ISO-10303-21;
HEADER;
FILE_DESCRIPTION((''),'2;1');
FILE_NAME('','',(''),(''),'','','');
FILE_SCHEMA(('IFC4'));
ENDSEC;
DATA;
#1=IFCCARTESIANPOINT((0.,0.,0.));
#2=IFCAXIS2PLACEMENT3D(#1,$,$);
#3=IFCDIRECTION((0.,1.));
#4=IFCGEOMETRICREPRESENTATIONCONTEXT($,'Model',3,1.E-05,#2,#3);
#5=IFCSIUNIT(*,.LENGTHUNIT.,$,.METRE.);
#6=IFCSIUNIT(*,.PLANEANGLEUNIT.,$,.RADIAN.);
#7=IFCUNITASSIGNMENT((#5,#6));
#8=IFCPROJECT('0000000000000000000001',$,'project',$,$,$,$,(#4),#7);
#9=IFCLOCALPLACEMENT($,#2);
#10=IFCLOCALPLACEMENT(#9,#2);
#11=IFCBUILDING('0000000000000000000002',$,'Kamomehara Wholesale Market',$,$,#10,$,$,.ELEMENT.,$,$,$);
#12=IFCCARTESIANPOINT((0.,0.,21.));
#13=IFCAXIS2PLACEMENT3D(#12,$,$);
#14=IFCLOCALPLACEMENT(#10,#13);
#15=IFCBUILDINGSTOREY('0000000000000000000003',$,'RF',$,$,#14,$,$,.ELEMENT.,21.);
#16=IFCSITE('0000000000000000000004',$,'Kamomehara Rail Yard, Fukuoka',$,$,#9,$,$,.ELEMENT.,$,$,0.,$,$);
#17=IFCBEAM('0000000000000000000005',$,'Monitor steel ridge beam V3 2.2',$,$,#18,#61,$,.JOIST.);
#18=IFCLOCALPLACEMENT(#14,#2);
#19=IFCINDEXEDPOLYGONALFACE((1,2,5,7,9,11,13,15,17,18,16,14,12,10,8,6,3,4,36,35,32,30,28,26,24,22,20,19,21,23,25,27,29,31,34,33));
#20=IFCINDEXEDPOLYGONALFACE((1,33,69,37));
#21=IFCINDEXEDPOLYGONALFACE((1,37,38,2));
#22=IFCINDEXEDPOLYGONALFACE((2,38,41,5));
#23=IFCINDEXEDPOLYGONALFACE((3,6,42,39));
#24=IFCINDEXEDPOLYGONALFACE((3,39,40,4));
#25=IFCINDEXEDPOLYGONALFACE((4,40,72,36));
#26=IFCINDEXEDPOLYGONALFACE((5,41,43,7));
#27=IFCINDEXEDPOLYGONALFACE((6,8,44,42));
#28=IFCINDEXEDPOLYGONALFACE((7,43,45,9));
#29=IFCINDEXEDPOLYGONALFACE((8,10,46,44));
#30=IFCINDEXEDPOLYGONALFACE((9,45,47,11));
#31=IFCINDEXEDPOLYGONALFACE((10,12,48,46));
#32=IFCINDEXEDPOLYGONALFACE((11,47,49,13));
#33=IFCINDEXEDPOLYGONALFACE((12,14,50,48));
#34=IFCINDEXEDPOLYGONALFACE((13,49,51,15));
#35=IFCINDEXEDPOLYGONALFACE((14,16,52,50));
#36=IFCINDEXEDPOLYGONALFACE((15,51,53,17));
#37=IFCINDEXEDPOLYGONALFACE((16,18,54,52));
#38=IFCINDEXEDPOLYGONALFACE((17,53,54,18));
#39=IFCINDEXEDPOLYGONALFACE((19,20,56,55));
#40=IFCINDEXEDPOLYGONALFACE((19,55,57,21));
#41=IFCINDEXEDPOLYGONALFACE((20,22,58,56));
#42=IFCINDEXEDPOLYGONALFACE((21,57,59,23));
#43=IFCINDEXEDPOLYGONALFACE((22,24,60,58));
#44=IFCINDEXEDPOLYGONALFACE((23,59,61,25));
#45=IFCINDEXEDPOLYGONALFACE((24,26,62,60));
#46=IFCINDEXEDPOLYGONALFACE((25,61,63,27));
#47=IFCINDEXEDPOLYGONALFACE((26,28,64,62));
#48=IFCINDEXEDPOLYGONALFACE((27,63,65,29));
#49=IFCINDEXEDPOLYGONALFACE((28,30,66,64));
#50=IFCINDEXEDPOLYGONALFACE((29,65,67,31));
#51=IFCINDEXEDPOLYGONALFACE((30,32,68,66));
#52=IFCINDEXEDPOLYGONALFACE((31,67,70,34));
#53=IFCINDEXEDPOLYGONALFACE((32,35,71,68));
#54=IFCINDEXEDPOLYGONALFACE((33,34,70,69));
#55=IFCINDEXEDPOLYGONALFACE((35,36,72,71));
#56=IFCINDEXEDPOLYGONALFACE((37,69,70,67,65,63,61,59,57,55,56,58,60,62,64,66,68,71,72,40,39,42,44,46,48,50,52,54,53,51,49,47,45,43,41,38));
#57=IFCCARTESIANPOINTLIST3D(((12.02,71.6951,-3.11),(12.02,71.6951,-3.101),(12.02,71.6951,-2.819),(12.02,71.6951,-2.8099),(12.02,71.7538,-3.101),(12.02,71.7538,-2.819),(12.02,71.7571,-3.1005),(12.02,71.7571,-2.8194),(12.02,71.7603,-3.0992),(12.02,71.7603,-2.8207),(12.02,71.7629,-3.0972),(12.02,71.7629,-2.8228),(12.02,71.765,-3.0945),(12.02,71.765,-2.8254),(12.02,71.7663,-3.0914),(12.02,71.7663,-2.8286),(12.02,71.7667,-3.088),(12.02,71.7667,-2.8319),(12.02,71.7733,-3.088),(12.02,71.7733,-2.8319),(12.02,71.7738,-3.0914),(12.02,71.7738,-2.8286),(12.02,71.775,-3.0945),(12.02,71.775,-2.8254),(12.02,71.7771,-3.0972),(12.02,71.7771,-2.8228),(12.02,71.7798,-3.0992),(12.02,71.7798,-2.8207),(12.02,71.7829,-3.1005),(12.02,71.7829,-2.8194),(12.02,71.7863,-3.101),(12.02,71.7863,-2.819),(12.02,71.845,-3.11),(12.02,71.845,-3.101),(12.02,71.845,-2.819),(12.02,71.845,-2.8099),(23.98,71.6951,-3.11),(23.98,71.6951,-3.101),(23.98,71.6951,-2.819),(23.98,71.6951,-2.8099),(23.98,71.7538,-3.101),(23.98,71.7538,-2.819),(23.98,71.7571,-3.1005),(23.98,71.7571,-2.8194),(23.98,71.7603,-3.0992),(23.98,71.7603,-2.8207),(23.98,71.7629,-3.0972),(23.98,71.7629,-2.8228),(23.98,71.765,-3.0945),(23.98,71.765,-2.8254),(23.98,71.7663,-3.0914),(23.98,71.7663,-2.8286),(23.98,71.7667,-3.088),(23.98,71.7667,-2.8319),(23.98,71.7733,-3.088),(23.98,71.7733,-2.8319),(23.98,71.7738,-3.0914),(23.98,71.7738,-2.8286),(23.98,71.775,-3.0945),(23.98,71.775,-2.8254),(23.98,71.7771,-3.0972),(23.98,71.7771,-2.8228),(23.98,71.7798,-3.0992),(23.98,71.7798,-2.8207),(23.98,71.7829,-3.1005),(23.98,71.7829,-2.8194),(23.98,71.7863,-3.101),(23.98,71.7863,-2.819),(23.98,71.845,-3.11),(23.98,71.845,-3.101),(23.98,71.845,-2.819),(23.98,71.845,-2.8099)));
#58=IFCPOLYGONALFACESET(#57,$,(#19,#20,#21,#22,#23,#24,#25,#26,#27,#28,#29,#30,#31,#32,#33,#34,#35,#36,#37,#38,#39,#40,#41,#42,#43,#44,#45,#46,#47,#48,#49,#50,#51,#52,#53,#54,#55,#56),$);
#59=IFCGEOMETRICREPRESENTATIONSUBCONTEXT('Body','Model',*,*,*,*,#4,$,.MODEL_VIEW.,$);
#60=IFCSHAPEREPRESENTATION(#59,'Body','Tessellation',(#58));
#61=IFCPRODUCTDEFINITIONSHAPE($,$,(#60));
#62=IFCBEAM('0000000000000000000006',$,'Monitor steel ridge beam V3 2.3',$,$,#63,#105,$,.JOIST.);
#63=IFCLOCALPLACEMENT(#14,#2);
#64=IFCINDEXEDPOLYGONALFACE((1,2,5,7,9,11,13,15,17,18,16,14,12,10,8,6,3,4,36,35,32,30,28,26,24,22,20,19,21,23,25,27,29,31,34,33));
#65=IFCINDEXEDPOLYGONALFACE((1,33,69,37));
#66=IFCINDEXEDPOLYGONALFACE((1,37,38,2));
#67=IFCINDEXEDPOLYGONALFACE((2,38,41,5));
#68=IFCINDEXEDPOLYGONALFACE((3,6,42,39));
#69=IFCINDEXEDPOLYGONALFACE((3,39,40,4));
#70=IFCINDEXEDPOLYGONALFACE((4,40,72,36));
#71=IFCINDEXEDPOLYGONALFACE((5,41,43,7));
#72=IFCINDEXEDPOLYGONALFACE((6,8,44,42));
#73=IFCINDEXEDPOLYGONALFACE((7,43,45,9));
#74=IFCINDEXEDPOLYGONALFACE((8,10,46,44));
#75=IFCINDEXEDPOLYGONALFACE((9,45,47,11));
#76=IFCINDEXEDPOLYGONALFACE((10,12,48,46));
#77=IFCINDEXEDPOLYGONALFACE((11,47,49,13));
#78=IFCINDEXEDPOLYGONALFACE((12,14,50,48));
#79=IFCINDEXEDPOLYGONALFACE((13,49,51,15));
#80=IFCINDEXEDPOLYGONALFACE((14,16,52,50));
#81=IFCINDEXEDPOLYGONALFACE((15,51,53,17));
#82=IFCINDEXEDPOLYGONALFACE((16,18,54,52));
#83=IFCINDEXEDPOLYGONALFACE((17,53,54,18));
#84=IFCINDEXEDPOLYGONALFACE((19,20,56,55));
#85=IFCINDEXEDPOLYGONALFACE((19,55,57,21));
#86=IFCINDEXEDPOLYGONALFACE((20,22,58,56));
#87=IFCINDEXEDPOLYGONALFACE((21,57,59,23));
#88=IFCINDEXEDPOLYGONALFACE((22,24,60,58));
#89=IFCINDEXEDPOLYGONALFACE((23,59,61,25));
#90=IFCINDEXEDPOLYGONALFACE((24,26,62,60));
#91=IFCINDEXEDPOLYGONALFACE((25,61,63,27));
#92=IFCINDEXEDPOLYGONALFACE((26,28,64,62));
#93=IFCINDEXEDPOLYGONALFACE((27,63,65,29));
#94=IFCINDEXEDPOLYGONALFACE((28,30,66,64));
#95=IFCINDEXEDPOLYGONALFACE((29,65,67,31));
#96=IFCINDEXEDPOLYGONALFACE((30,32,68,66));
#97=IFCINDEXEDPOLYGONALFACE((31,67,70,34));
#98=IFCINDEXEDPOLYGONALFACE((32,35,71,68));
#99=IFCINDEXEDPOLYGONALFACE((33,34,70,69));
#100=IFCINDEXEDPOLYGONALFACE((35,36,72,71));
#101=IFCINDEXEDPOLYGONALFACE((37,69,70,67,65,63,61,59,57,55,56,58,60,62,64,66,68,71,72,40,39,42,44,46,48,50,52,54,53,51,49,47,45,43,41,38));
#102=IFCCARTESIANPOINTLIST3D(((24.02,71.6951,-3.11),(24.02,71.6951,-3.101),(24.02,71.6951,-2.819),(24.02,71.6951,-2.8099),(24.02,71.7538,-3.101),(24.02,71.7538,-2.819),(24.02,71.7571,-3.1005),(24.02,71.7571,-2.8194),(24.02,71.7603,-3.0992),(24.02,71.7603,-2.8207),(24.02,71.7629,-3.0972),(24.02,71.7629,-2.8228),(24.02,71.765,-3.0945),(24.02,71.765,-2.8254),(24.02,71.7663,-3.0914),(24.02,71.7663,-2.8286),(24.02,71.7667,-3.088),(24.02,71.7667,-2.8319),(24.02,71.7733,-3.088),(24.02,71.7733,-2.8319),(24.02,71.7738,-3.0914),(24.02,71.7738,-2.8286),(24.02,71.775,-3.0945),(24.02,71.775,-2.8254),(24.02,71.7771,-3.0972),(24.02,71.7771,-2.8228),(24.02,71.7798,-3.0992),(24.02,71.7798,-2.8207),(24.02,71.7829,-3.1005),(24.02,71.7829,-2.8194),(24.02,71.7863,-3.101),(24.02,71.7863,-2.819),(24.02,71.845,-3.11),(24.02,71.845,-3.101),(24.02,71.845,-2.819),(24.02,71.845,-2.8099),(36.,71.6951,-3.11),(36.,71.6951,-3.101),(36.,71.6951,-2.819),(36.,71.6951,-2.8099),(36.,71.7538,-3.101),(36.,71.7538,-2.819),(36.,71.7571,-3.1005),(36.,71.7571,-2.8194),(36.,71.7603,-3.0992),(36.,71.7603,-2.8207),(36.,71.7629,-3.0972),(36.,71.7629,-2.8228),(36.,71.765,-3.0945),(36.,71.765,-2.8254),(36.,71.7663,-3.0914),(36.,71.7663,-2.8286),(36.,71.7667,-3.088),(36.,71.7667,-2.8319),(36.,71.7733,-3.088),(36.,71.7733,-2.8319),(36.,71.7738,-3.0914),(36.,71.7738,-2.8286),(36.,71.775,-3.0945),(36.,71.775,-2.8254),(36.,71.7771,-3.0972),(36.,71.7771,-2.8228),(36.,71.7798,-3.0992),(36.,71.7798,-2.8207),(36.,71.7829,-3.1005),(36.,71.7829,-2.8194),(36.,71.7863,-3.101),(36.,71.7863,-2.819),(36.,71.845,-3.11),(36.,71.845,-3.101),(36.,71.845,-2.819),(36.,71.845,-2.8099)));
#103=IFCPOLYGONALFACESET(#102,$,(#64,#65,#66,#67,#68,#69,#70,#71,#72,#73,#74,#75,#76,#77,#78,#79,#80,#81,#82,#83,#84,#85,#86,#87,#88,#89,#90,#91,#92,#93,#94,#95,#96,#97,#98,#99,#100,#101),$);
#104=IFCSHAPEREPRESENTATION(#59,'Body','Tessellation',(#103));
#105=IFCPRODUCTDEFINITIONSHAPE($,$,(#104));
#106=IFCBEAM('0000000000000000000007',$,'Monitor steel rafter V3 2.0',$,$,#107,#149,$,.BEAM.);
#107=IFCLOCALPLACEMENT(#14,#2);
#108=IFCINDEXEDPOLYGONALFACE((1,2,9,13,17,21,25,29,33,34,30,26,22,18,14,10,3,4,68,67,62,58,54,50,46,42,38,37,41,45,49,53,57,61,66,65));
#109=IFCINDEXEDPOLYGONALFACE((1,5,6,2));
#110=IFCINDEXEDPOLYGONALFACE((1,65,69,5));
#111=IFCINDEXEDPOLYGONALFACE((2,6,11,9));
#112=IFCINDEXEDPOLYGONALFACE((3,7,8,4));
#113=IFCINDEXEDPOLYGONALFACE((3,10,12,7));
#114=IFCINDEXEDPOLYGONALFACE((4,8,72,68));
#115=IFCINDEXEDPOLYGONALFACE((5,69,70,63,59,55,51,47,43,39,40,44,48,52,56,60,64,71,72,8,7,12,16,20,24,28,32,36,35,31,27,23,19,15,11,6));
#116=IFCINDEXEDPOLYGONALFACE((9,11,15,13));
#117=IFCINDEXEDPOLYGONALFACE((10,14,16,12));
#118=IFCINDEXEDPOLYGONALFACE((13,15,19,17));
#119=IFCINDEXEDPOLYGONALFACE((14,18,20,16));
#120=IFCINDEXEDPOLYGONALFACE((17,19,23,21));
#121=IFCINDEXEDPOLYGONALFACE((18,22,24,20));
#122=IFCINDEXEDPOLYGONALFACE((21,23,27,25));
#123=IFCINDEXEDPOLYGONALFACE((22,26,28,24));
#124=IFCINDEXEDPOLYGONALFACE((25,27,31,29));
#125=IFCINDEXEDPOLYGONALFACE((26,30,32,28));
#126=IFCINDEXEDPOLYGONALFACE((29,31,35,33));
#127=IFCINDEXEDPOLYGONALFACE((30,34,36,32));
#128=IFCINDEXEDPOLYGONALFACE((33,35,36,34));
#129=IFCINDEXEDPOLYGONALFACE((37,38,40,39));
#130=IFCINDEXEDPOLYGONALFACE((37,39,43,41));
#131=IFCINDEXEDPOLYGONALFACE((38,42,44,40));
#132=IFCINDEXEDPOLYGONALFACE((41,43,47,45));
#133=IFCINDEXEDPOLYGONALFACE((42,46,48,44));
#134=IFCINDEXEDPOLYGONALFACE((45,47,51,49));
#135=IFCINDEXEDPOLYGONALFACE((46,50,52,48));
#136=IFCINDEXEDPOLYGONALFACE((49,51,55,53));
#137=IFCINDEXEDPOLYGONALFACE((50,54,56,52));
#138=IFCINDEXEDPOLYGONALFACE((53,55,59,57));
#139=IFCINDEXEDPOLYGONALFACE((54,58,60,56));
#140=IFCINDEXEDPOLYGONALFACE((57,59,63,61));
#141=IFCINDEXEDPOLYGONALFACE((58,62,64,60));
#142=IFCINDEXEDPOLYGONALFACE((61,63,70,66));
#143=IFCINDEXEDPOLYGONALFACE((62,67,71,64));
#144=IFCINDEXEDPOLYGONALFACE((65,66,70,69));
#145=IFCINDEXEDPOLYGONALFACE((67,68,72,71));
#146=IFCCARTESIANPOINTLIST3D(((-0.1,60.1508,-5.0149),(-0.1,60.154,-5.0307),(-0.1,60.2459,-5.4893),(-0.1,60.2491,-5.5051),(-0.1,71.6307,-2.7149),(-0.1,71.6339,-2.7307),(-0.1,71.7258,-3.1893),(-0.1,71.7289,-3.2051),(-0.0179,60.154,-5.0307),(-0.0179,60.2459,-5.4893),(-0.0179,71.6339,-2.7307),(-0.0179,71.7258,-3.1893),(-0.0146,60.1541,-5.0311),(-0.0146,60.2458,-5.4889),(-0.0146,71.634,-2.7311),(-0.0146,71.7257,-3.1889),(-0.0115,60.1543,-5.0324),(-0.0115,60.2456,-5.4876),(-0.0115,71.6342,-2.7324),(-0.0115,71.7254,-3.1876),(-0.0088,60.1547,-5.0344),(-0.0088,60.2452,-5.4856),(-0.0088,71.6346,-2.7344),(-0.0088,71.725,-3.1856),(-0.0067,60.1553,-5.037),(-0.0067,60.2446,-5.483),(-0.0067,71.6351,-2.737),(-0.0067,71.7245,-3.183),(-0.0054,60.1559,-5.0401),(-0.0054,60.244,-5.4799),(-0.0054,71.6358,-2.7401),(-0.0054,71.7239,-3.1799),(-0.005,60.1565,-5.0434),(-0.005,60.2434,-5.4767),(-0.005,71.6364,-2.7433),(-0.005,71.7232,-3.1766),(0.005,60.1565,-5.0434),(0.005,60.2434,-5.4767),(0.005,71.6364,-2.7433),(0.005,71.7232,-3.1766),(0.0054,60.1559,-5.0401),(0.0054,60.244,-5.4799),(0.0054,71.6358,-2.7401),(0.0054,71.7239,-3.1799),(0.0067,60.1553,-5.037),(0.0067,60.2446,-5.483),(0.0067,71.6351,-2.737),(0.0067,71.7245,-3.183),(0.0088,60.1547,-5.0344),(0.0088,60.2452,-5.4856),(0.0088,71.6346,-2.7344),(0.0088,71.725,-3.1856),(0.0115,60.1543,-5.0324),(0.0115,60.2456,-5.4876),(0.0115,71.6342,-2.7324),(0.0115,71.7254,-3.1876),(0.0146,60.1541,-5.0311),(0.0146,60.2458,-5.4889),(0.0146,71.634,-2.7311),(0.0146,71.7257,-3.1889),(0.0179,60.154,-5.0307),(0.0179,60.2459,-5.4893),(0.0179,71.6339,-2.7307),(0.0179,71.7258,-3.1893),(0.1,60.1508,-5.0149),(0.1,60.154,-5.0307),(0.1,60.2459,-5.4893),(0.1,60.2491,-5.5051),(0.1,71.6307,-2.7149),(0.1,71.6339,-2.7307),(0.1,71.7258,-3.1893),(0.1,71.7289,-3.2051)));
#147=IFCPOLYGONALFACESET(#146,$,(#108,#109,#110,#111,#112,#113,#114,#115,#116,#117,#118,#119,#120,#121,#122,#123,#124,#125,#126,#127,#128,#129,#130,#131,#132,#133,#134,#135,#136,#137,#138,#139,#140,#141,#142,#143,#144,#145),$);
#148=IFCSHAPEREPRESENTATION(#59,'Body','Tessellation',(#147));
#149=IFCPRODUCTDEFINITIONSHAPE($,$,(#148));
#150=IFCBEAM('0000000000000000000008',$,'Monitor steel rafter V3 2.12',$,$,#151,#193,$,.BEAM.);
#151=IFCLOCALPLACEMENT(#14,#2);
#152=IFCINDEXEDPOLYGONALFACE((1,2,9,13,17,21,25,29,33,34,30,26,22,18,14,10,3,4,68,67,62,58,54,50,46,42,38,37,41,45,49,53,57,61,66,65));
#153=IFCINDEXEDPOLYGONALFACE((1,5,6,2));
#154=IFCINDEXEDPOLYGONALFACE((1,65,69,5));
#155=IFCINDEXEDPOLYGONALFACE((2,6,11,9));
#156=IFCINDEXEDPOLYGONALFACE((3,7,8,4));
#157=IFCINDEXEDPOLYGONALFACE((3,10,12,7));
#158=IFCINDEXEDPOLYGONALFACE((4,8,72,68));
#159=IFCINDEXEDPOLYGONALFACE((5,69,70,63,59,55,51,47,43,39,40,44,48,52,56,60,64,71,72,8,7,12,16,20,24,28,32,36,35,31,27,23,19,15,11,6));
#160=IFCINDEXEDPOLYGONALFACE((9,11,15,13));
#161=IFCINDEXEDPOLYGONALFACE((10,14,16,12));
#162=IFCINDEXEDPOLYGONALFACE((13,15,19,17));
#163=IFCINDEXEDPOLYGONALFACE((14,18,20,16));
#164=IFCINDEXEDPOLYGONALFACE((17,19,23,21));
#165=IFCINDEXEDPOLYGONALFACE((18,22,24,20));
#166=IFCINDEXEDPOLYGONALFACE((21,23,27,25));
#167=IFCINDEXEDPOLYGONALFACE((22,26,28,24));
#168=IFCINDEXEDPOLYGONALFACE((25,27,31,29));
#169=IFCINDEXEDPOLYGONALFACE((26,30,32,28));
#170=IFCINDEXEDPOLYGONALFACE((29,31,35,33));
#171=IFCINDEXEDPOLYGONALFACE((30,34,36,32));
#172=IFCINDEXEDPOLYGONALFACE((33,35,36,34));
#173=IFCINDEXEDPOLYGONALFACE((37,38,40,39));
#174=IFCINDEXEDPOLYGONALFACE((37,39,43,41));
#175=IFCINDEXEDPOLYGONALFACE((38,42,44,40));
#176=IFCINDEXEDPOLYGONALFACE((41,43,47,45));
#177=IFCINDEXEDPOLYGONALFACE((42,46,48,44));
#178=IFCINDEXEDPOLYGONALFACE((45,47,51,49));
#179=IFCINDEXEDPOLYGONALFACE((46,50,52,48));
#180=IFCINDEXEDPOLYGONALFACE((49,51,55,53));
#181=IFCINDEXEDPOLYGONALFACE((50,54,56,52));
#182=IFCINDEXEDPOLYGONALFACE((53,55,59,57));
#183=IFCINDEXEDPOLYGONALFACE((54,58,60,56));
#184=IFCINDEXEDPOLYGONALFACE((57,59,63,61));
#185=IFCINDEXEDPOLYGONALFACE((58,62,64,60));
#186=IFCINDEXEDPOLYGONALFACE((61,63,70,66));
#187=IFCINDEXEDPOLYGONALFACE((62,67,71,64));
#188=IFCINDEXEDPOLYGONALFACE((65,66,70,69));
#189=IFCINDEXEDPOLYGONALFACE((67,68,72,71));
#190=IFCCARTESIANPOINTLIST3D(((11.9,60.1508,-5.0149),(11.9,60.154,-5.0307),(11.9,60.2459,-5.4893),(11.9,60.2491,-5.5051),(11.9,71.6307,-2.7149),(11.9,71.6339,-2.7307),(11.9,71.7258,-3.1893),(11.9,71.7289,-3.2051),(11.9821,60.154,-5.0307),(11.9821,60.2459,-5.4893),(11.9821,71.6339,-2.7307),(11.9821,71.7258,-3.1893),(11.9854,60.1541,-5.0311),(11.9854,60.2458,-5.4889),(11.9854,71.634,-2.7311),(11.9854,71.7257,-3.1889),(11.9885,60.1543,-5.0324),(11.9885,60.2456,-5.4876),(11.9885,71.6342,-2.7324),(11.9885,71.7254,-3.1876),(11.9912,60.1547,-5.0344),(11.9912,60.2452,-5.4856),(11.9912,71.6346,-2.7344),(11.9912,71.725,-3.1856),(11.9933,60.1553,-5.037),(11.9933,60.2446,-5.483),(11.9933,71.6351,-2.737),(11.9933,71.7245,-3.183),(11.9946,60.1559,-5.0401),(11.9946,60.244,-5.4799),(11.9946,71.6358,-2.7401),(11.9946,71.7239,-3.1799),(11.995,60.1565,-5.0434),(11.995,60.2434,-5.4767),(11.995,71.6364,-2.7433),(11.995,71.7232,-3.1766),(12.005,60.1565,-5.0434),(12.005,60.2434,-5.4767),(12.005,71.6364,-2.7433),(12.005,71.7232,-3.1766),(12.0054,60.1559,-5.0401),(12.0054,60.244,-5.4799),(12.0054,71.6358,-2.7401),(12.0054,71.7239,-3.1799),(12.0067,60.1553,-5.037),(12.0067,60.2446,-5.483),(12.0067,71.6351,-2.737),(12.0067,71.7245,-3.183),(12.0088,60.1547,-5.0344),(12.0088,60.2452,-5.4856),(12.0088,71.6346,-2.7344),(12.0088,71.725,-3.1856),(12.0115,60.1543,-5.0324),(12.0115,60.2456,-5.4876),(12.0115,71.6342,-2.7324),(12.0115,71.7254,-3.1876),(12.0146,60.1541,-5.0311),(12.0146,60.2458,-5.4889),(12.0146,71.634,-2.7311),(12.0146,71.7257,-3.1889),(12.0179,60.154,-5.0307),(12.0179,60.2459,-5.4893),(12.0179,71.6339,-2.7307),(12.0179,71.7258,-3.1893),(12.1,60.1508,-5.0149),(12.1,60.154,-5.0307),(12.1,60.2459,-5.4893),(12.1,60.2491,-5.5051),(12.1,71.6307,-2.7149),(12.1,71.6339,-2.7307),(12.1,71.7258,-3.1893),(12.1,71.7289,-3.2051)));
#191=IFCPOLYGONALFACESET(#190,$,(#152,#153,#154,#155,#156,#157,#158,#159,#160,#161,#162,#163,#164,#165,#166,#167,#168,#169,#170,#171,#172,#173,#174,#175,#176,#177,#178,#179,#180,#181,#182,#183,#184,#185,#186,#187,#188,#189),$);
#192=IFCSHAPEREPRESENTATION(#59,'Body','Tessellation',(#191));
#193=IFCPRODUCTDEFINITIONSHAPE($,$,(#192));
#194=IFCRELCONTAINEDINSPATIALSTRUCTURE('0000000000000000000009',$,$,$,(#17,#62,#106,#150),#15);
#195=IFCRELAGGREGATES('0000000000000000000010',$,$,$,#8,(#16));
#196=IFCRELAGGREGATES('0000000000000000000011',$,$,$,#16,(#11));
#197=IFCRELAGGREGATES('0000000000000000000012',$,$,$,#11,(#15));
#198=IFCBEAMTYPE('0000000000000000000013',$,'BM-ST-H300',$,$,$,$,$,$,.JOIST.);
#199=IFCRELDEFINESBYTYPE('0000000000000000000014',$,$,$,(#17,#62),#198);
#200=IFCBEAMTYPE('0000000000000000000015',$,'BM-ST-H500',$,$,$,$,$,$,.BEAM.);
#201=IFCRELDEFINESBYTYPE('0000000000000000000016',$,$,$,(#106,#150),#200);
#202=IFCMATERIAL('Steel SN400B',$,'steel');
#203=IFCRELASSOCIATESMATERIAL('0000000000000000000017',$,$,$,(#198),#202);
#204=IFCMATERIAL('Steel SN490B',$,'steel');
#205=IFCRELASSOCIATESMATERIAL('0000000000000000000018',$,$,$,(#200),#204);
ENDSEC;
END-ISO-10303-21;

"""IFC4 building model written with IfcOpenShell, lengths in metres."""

from ifc_helpers import new_model, si_unit, direction, frame, origin, origin_2d, place, context, subcontext, project, spatial, i_section, extrude, material, material_profile, profile_set, type_object, element, save


model = new_model("IFC4")

# Units and contexts
model_context = context("Model", 3, precision=1e-05, world=origin(), true_north=direction((0.0, 1.0)))
body_context = subcontext(model_context, "Body", "Model", "MODEL_VIEW")
ifc_project = project(units=[si_unit("LENGTHUNIT", "METRE"), si_unit("PLANEANGLEUNIT", "RADIAN")], contexts=[model_context])

# Site, building, storey
site_placement = place(None, origin())
site = spatial("IfcSite", under=ifc_project, at=site_placement, Name="Kamomehara Rail Yard, Fukuoka", CompositionType="ELEMENT", RefElevation=0.0)
building_placement = place(site_placement, origin())
building = spatial("IfcBuilding", under=site, at=building_placement, Name="Kamomehara Wholesale Market", CompositionType="ELEMENT")
storey_placement = place(building_placement, frame((0.0, 0.0, 21.0)))
storey = spatial("IfcBuildingStorey", under=building, at=storey_placement, Name="RF", CompositionType="ELEMENT", Elevation=21.0)

# Beams
ifc_material_1 = material(Name="Steel SN400B", Category="steel")
ifc_material_profile_1 = material_profile(ifc_material_1, i_section(OverallWidth=0.1499, OverallDepth=0.3, WebThickness=0.0066, FlangeThickness=0.009, FilletRadius=0.0129, at=origin_2d()), Name="H-300x150x6.5x9")
ifc_profile_set_1 = profile_set([ifc_material_profile_1], Name="Steel SN400B")
beam_type_1 = type_object("IfcBeamType", Name="BM-ST-H300", PredefinedType="JOIST", material=ifc_profile_set_1)
beam_1_placement = place(storey_placement, frame((12.02, 71.77, -2.96), z_axis=(1.0, 0.0, 0.0), x_axis=(0.0, 1.0, 0.0)))
element("IfcBeam", 1, at=beam_1_placement, inside=storey, type_object=beam_type_1, Name="Monitor steel ridge beam V3 2.2", PredefinedType="JOIST", context=body_context, shape_type="SweptSolid", body=[
    extrude(i_section(OverallWidth=0.1499, OverallDepth=0.3, WebThickness=0.0066, FlangeThickness=0.009, FilletRadius=0.0129, at=origin_2d()), origin(), (0.0, 0.0, 1.0), 11.96),
])
beam_2_placement = place(storey_placement, frame((24.02, 71.77, -2.96), z_axis=(1.0, 0.0, 0.0), x_axis=(0.0, 1.0, 0.0)))
element("IfcBeam", 2, at=beam_2_placement, inside=storey, type_object=beam_type_1, Name="Monitor steel ridge beam V3 2.3", PredefinedType="JOIST", context=body_context, shape_type="SweptSolid", body=[
    extrude(i_section(OverallWidth=0.1499, OverallDepth=0.3, WebThickness=0.0066, FlangeThickness=0.009, FilletRadius=0.0129, at=origin_2d()), origin(), (0.0, 0.0, 1.0), 11.98),
])
ifc_material_2 = material(Name="Steel SN490B", Category="steel")
ifc_material_profile_2 = material_profile(ifc_material_2, i_section(OverallWidth=0.2, OverallDepth=0.5, WebThickness=0.01, FlangeThickness=0.0161, FilletRadius=0.0129, at=origin_2d()), Name="H-500x200x10x16")
ifc_profile_set_2 = profile_set([ifc_material_profile_2], Name="Steel SN490B")
beam_type_2 = type_object("IfcBeamType", Name="BM-ST-H500", PredefinedType="BEAM", material=ifc_profile_set_2)
for number, where, z_axis, x_axis, name in (
    (3, (0.0, 60.2, -5.26), (0.0, 0.980514, 0.196449), (-1.0, 0.0, 0.0), "Monitor steel rafter V3 2.0"),
    (4, (12.0, 60.2, -5.26), (0.0, 0.980514, 0.196449), (-1.0, 0.0, 0.0), "Monitor steel rafter V3 2.12"),
):
    element("IfcBeam", number, at=place(storey_placement, frame(where, z_axis=z_axis, x_axis=x_axis)), inside=storey, type_object=beam_type_2, Name=name, PredefinedType="BEAM", context=body_context, shape_type="SweptSolid", body=[
        extrude(i_section(OverallWidth=0.2, OverallDepth=0.5, WebThickness=0.01, FlangeThickness=0.0161, FilletRadius=0.0129, at=origin_2d()), origin(), (0.0, 0.0, 1.0), 11.708),
    ])

save(model, "model.ifc")
